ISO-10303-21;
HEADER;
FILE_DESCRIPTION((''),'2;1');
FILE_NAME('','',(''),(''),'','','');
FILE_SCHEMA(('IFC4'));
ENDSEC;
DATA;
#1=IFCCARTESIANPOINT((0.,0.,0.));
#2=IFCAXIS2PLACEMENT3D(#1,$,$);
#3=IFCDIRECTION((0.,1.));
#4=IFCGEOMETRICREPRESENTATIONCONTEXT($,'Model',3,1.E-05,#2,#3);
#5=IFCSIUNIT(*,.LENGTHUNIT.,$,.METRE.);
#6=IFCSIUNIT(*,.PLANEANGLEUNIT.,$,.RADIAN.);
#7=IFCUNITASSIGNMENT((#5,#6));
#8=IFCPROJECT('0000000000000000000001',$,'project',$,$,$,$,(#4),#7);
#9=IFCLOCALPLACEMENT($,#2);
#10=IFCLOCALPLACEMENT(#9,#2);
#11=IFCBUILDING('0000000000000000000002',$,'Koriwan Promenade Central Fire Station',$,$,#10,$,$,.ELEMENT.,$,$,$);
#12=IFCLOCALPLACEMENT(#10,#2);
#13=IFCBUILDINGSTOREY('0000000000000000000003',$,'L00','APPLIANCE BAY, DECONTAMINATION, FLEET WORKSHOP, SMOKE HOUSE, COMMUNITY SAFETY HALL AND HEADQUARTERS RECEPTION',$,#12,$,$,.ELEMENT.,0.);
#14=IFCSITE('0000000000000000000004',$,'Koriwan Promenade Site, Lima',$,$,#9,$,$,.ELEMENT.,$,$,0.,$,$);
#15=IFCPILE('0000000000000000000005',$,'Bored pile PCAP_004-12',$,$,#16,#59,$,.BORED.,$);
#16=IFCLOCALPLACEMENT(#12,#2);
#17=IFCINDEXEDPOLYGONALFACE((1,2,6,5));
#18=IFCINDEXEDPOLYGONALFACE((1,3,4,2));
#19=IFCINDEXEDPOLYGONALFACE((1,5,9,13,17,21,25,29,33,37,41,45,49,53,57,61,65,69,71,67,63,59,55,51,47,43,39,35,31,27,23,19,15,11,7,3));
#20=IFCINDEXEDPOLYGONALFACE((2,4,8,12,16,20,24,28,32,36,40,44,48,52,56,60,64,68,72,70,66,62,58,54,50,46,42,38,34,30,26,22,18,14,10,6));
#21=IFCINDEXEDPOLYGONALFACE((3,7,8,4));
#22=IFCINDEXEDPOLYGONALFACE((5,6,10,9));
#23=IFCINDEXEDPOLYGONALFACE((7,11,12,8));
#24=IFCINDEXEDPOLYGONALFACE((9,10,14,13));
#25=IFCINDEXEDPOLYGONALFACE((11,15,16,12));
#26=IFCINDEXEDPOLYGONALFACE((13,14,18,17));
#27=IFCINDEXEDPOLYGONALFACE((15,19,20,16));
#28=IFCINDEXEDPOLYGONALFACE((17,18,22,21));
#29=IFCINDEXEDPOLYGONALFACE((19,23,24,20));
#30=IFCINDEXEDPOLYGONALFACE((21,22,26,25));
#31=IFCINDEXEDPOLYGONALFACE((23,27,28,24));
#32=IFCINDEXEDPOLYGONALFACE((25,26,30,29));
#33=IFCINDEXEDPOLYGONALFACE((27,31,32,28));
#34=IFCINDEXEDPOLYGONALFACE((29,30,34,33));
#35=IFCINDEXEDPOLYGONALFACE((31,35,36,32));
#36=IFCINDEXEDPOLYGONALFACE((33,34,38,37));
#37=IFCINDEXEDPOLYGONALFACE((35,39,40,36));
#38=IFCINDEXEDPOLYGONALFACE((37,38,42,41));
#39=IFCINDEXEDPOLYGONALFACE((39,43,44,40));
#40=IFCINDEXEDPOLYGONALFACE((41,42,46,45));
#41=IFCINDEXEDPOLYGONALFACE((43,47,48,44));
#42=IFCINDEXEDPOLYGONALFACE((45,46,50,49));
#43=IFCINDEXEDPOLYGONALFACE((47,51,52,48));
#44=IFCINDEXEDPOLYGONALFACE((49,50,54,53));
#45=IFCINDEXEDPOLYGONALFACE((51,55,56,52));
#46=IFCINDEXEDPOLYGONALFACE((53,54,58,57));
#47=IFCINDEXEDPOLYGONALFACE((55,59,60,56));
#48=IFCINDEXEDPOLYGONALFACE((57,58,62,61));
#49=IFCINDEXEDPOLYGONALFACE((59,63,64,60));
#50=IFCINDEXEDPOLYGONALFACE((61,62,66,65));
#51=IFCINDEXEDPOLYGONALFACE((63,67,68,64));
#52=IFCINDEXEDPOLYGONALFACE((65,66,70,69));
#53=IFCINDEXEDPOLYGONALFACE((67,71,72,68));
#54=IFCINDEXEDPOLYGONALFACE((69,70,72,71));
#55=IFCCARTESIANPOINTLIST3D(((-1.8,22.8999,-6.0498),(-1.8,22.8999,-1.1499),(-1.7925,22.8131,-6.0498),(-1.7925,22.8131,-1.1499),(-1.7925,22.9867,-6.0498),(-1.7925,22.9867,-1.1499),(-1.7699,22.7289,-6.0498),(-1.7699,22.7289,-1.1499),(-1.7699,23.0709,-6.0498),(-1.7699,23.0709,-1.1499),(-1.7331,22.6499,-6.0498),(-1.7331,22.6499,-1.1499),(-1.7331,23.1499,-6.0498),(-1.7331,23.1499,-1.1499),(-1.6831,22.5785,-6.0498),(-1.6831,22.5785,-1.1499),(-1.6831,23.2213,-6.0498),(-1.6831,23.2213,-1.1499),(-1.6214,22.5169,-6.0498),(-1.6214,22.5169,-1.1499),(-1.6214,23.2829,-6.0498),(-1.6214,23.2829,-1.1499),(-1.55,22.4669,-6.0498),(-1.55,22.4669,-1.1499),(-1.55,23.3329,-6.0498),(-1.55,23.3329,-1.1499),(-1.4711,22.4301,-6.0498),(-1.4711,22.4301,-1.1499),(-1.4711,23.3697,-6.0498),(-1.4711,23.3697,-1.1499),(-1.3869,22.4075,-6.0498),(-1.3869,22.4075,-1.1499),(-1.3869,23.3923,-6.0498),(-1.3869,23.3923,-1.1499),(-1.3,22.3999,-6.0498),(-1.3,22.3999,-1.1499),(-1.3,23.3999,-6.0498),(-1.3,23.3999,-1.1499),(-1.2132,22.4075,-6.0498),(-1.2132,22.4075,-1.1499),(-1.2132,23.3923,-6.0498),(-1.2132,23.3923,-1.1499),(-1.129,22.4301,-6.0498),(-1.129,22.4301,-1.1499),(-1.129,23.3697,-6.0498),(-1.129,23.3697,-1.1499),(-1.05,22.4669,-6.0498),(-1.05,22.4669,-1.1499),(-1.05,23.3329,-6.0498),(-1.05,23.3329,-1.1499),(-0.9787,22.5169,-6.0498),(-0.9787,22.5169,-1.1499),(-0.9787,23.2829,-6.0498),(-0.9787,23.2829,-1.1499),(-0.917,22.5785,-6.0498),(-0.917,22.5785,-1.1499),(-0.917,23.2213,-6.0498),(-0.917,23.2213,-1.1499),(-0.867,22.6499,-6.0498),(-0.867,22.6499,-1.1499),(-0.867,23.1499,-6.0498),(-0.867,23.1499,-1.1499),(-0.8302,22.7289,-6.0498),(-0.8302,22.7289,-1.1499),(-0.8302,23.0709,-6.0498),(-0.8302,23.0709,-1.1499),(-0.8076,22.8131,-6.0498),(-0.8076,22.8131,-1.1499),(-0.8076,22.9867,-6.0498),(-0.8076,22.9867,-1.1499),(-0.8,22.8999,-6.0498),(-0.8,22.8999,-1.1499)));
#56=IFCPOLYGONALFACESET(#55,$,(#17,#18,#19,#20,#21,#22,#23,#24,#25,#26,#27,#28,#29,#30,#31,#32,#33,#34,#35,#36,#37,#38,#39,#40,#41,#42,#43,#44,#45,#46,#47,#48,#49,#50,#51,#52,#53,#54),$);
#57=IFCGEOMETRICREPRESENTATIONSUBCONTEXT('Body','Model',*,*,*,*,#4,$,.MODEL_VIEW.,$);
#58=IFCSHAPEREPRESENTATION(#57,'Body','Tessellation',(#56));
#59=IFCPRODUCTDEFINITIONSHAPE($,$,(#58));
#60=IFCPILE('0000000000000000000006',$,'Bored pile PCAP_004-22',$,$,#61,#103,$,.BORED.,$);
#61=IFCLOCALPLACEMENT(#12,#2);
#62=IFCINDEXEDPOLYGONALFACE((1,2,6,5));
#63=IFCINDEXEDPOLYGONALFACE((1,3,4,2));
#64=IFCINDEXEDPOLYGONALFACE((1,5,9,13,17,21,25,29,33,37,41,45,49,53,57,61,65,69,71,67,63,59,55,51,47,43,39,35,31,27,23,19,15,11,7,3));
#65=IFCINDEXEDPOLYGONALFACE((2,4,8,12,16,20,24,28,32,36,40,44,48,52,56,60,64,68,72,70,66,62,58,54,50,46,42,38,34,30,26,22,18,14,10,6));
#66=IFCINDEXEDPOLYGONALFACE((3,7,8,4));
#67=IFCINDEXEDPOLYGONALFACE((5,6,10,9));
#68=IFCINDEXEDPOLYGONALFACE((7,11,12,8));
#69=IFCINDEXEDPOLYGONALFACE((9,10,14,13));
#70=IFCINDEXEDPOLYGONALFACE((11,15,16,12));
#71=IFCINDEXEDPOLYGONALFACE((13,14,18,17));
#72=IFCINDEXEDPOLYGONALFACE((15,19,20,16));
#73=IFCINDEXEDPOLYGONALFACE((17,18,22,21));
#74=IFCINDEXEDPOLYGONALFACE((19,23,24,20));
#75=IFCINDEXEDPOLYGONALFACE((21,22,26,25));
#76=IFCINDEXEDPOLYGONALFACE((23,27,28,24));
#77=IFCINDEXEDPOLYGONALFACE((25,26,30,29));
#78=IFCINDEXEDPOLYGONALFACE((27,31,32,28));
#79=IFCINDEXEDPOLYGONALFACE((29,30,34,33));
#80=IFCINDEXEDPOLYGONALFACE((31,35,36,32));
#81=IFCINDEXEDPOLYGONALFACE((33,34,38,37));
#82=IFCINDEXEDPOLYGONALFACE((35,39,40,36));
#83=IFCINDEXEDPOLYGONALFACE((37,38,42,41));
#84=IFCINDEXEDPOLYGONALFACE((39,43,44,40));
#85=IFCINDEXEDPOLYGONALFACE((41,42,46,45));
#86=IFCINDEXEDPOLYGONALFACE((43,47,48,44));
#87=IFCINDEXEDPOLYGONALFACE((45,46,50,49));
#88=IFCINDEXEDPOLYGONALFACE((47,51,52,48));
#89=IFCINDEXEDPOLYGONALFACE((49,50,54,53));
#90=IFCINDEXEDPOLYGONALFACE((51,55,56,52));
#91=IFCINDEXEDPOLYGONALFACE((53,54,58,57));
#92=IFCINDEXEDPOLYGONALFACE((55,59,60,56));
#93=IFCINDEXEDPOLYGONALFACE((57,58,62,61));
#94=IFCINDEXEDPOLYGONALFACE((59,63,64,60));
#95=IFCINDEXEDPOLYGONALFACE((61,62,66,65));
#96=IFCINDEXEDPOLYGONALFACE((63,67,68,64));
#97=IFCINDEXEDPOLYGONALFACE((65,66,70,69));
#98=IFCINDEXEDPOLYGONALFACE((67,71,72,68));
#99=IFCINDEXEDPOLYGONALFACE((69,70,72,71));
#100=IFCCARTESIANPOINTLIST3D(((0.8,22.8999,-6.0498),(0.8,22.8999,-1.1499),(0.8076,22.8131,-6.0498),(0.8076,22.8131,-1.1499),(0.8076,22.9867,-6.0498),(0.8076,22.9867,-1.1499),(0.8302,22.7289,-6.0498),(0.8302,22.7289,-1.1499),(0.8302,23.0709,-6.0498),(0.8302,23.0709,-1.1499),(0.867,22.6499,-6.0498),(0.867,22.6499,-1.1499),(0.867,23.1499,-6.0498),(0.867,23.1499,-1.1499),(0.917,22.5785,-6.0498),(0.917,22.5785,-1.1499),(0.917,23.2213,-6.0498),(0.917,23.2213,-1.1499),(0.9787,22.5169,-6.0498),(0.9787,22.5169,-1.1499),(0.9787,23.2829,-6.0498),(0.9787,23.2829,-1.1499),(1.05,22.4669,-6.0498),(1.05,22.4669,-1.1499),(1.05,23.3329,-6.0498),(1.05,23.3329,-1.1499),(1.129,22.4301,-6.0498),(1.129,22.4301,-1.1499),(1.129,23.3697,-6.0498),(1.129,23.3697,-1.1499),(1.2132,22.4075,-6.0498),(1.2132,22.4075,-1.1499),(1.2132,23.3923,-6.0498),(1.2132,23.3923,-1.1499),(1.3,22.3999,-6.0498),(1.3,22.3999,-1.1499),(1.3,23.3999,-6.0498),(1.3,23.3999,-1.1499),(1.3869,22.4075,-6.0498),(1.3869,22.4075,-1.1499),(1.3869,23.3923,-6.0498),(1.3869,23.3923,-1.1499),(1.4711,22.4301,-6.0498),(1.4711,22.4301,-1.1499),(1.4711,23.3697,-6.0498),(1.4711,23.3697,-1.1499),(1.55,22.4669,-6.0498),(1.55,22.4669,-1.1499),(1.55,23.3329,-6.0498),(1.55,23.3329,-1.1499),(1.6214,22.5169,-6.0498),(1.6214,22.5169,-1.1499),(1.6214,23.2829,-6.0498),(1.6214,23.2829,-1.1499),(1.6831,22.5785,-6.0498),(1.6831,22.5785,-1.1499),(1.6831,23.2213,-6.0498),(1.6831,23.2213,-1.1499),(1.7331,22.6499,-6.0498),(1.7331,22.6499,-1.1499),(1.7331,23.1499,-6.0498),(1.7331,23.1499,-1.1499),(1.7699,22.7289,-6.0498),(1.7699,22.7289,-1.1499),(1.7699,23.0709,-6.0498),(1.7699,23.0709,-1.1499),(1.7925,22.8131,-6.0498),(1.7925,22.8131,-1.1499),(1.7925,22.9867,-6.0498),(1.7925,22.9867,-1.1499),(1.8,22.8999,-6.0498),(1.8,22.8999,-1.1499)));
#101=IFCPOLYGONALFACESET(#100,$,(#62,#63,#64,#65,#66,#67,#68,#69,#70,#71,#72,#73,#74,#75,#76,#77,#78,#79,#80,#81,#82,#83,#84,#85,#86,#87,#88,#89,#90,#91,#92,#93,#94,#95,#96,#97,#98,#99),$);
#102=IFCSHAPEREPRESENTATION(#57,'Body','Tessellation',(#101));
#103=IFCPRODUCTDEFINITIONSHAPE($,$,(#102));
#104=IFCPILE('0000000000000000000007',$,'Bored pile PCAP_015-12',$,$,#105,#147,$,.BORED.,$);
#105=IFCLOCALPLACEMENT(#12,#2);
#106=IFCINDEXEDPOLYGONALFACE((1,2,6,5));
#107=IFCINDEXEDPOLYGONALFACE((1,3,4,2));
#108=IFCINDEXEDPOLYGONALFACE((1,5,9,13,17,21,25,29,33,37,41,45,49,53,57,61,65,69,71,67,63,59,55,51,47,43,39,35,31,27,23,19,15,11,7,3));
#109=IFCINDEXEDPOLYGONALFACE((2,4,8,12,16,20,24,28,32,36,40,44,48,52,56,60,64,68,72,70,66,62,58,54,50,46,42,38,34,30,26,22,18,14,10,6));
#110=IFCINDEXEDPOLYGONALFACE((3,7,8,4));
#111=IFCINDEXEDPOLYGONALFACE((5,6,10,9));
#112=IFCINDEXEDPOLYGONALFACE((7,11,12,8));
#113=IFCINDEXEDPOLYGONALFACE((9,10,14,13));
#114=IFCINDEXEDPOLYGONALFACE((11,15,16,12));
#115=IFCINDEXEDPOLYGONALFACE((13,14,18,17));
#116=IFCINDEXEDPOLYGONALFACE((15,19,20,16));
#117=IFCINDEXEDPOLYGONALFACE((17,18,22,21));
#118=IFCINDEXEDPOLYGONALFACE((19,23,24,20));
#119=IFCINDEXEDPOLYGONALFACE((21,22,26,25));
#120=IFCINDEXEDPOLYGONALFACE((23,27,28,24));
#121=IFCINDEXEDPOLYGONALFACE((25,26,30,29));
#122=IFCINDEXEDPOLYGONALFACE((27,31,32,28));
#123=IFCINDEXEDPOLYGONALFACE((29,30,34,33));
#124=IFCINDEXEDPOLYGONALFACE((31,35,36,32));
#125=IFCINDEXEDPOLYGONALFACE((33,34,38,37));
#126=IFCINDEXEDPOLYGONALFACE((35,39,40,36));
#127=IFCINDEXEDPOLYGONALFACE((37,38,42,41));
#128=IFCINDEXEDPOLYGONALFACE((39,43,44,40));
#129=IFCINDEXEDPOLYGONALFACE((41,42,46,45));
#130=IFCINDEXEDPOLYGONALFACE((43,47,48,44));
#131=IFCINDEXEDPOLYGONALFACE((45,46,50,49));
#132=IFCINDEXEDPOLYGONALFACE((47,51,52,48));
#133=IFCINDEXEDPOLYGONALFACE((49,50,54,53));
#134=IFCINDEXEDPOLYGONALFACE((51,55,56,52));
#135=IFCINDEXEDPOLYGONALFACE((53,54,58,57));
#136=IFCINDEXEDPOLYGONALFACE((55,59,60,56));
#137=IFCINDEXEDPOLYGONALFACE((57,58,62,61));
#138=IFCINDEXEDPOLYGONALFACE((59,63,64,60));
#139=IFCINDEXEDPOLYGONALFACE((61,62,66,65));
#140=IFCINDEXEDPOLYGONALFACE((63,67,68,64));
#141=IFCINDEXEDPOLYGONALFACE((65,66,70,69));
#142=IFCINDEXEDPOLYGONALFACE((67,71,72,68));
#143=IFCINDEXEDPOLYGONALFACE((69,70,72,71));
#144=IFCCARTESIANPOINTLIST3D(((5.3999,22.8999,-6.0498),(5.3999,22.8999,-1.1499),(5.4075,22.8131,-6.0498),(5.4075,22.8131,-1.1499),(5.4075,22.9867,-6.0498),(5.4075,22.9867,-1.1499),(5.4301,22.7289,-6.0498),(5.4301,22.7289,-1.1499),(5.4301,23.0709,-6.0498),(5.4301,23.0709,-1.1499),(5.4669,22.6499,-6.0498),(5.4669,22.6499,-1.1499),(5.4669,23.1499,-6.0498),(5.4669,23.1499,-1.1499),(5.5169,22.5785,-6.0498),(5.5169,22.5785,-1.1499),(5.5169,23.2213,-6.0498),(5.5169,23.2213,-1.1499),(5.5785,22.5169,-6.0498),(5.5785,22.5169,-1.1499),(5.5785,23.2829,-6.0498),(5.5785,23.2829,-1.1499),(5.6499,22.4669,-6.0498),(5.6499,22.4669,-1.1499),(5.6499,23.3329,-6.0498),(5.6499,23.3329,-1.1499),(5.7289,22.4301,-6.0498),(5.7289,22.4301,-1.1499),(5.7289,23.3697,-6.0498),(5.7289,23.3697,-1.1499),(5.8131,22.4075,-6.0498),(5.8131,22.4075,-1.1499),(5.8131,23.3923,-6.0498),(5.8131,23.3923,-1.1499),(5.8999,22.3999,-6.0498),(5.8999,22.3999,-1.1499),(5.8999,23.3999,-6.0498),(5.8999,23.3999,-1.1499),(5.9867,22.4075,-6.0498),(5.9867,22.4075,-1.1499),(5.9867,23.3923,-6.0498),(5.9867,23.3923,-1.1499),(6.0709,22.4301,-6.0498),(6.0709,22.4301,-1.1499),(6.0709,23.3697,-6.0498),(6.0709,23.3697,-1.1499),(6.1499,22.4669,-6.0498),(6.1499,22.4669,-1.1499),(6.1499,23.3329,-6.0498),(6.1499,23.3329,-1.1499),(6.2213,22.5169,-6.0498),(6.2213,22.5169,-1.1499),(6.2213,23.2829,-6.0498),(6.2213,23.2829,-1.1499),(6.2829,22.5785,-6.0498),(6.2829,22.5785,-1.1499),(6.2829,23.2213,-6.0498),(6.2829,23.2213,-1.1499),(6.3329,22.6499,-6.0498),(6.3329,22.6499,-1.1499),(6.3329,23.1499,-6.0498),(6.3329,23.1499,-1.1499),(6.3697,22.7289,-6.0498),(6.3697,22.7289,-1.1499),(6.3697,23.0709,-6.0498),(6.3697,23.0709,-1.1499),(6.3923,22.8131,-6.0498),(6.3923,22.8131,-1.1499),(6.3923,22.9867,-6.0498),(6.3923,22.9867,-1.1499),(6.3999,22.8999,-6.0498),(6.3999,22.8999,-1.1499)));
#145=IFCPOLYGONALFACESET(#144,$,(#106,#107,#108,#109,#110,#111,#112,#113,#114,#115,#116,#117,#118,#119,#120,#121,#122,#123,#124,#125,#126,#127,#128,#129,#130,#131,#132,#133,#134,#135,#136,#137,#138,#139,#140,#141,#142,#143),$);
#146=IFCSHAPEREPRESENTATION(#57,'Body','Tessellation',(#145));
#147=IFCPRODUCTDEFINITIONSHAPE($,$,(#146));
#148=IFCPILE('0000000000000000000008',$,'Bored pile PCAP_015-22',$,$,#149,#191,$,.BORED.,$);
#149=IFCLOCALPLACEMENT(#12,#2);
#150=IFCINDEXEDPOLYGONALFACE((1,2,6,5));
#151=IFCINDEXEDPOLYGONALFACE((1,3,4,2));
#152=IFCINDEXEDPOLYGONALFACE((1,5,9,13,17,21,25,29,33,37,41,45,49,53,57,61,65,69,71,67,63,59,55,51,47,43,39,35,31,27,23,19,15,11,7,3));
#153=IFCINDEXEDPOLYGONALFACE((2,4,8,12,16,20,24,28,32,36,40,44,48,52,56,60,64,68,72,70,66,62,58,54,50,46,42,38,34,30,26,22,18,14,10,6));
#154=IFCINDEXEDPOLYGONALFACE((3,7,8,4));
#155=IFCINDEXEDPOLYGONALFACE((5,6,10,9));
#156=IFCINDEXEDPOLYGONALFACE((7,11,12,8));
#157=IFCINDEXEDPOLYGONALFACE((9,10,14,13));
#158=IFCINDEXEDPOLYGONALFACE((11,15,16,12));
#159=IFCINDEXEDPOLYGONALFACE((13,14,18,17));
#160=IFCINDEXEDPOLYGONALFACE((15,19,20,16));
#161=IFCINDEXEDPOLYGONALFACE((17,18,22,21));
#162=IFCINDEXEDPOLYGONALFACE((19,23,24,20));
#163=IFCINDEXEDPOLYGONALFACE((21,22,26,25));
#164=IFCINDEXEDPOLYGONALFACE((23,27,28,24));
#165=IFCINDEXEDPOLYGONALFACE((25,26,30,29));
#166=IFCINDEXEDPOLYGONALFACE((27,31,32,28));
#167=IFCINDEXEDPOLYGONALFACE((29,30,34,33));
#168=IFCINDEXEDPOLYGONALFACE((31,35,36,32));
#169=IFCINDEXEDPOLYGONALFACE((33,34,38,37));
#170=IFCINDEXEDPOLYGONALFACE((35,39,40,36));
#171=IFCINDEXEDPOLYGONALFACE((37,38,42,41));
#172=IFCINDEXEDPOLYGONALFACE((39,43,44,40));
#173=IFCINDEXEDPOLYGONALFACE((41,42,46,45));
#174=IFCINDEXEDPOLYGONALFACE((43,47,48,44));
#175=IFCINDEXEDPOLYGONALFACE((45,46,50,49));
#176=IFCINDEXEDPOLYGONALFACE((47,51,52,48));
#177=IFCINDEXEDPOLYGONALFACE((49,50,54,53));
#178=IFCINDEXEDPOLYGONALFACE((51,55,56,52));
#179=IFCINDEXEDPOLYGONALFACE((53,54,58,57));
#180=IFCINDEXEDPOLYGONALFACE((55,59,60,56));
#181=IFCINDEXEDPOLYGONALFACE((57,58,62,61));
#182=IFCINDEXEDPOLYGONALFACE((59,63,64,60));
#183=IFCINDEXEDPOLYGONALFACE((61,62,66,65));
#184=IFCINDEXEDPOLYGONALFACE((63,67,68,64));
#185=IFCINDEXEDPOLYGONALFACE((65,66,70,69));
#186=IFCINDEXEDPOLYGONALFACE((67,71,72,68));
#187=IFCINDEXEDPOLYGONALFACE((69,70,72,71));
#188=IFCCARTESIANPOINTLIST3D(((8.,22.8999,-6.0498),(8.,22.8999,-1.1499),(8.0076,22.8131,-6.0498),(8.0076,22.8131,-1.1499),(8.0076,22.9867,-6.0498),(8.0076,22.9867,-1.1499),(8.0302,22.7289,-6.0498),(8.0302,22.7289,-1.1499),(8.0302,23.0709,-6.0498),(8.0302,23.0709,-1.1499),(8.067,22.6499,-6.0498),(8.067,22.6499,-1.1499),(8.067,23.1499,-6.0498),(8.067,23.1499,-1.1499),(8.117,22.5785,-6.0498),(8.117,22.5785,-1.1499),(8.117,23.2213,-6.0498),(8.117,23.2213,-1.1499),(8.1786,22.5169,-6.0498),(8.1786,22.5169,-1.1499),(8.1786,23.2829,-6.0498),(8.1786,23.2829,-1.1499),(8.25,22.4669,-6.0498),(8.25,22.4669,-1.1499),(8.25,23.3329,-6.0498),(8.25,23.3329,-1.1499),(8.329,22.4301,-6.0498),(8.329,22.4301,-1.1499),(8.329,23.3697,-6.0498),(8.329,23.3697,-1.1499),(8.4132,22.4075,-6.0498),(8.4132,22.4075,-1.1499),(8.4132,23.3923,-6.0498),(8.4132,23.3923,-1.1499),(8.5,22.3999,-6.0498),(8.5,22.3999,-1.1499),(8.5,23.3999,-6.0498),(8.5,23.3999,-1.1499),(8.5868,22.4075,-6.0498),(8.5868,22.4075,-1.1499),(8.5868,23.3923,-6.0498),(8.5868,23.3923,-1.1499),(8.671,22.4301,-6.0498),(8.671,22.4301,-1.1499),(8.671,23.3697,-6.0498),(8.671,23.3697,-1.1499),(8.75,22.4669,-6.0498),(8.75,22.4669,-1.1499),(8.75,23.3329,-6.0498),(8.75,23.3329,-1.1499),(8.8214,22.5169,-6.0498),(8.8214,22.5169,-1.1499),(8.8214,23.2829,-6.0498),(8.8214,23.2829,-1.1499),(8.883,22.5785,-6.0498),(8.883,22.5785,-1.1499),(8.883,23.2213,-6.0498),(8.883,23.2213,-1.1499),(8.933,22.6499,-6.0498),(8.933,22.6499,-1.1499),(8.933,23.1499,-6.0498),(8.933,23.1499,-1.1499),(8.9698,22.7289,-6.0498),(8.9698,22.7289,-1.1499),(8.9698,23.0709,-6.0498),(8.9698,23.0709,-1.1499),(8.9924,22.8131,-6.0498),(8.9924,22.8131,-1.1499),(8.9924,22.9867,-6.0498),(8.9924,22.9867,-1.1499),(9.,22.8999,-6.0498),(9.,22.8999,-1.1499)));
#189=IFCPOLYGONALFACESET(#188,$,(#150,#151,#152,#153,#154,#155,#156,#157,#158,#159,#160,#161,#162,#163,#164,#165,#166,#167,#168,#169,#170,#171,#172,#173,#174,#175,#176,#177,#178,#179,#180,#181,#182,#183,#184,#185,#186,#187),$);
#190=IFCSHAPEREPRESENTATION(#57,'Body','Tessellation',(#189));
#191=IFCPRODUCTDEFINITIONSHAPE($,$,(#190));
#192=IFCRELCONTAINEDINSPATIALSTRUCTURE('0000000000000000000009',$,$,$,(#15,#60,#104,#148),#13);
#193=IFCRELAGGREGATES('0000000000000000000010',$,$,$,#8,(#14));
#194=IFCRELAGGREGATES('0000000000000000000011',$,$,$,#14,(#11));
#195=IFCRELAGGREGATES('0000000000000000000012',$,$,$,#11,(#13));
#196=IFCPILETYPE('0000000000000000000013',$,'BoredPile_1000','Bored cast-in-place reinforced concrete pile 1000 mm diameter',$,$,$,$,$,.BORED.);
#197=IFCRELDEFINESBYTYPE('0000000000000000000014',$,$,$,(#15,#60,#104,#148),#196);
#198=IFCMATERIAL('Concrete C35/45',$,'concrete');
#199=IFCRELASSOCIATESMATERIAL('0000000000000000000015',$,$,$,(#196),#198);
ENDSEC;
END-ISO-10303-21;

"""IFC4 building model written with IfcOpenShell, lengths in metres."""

from ifc_helpers import new_model, si_unit, direction, frame, origin, origin_2d, place, context, subcontext, project, spatial, circle, extrude, material, material_profile, profile_set, type_object, element, save


model = new_model("IFC4")

# Units and contexts
model_context = context("Model", 3, precision=1e-05, world=origin(), true_north=direction((0.0, 1.0)))
body_context = subcontext(model_context, "Body", "Model", "MODEL_VIEW")
ifc_project = project(units=[si_unit("LENGTHUNIT", "METRE"), si_unit("PLANEANGLEUNIT", "RADIAN")], contexts=[model_context])

# Site, building, storey
site_placement = place(None, origin())
site = spatial("IfcSite", under=ifc_project, at=site_placement, Name="Koriwan Promenade Site, Lima", CompositionType="ELEMENT", RefElevation=0.0)
building_placement = place(site_placement, origin())
building = spatial("IfcBuilding", under=site, at=building_placement, Name="Koriwan Promenade Central Fire Station", CompositionType="ELEMENT")
storey_placement = place(building_placement, origin())
storey = spatial("IfcBuildingStorey", under=building, at=storey_placement, Name="L00", Description="APPLIANCE BAY, DECONTAMINATION, FLEET WORKSHOP, SMOKE HOUSE, COMMUNITY SAFETY HALL AND HEADQUARTERS RECEPTION", CompositionType="ELEMENT", Elevation=0.0)

# Piles
ifc_material_1 = material(Name="Concrete C35/45", Category="concrete")
ifc_material_profile_1 = material_profile(ifc_material_1, circle(Radius=0.5, at=origin_2d()), Name="PILE-D1000")
ifc_profile_set_1 = profile_set([ifc_material_profile_1], Name="Concrete C35/45")
pile_type_1 = type_object("IfcPileType", Name="BoredPile_1000", Description="Bored cast-in-place reinforced concrete pile 1000 mm diameter", PredefinedType="BORED", material=ifc_profile_set_1)
for number, where, z_axis, x_axis, name in (
    (1, (-1.3, 22.8999, -1.1499), (0.0, 0.0, -1.0), (1.0, 0.0, 0.0), "Bored pile PCAP_004-12"),
    (2, (1.3, 22.8999, -1.1499), (0.0, 0.0, -1.0), (1.0, 0.0, 0.0), "Bored pile PCAP_004-22"),
    (3, (5.8999, 22.8999, -1.1499), (0.0, 0.0, -1.0), (1.0, 0.0, 0.0), "Bored pile PCAP_015-12"),
    (4, (8.5, 22.8999, -1.1499), (0.0, 0.0, -1.0), (1.0, 0.0, 0.0), "Bored pile PCAP_015-22"),
):
    element("IfcPile", number, at=place(storey_placement, frame(where, z_axis=z_axis, x_axis=x_axis)), inside=storey, type_object=pile_type_1, Name=name, PredefinedType="BORED", context=body_context, shape_type="SweptSolid", body=[
        extrude(circle(Radius=0.5, at=origin_2d()), origin(), (0.0, 0.0, 1.0), 4.8999),
    ])

save(model, "model.ifc")
